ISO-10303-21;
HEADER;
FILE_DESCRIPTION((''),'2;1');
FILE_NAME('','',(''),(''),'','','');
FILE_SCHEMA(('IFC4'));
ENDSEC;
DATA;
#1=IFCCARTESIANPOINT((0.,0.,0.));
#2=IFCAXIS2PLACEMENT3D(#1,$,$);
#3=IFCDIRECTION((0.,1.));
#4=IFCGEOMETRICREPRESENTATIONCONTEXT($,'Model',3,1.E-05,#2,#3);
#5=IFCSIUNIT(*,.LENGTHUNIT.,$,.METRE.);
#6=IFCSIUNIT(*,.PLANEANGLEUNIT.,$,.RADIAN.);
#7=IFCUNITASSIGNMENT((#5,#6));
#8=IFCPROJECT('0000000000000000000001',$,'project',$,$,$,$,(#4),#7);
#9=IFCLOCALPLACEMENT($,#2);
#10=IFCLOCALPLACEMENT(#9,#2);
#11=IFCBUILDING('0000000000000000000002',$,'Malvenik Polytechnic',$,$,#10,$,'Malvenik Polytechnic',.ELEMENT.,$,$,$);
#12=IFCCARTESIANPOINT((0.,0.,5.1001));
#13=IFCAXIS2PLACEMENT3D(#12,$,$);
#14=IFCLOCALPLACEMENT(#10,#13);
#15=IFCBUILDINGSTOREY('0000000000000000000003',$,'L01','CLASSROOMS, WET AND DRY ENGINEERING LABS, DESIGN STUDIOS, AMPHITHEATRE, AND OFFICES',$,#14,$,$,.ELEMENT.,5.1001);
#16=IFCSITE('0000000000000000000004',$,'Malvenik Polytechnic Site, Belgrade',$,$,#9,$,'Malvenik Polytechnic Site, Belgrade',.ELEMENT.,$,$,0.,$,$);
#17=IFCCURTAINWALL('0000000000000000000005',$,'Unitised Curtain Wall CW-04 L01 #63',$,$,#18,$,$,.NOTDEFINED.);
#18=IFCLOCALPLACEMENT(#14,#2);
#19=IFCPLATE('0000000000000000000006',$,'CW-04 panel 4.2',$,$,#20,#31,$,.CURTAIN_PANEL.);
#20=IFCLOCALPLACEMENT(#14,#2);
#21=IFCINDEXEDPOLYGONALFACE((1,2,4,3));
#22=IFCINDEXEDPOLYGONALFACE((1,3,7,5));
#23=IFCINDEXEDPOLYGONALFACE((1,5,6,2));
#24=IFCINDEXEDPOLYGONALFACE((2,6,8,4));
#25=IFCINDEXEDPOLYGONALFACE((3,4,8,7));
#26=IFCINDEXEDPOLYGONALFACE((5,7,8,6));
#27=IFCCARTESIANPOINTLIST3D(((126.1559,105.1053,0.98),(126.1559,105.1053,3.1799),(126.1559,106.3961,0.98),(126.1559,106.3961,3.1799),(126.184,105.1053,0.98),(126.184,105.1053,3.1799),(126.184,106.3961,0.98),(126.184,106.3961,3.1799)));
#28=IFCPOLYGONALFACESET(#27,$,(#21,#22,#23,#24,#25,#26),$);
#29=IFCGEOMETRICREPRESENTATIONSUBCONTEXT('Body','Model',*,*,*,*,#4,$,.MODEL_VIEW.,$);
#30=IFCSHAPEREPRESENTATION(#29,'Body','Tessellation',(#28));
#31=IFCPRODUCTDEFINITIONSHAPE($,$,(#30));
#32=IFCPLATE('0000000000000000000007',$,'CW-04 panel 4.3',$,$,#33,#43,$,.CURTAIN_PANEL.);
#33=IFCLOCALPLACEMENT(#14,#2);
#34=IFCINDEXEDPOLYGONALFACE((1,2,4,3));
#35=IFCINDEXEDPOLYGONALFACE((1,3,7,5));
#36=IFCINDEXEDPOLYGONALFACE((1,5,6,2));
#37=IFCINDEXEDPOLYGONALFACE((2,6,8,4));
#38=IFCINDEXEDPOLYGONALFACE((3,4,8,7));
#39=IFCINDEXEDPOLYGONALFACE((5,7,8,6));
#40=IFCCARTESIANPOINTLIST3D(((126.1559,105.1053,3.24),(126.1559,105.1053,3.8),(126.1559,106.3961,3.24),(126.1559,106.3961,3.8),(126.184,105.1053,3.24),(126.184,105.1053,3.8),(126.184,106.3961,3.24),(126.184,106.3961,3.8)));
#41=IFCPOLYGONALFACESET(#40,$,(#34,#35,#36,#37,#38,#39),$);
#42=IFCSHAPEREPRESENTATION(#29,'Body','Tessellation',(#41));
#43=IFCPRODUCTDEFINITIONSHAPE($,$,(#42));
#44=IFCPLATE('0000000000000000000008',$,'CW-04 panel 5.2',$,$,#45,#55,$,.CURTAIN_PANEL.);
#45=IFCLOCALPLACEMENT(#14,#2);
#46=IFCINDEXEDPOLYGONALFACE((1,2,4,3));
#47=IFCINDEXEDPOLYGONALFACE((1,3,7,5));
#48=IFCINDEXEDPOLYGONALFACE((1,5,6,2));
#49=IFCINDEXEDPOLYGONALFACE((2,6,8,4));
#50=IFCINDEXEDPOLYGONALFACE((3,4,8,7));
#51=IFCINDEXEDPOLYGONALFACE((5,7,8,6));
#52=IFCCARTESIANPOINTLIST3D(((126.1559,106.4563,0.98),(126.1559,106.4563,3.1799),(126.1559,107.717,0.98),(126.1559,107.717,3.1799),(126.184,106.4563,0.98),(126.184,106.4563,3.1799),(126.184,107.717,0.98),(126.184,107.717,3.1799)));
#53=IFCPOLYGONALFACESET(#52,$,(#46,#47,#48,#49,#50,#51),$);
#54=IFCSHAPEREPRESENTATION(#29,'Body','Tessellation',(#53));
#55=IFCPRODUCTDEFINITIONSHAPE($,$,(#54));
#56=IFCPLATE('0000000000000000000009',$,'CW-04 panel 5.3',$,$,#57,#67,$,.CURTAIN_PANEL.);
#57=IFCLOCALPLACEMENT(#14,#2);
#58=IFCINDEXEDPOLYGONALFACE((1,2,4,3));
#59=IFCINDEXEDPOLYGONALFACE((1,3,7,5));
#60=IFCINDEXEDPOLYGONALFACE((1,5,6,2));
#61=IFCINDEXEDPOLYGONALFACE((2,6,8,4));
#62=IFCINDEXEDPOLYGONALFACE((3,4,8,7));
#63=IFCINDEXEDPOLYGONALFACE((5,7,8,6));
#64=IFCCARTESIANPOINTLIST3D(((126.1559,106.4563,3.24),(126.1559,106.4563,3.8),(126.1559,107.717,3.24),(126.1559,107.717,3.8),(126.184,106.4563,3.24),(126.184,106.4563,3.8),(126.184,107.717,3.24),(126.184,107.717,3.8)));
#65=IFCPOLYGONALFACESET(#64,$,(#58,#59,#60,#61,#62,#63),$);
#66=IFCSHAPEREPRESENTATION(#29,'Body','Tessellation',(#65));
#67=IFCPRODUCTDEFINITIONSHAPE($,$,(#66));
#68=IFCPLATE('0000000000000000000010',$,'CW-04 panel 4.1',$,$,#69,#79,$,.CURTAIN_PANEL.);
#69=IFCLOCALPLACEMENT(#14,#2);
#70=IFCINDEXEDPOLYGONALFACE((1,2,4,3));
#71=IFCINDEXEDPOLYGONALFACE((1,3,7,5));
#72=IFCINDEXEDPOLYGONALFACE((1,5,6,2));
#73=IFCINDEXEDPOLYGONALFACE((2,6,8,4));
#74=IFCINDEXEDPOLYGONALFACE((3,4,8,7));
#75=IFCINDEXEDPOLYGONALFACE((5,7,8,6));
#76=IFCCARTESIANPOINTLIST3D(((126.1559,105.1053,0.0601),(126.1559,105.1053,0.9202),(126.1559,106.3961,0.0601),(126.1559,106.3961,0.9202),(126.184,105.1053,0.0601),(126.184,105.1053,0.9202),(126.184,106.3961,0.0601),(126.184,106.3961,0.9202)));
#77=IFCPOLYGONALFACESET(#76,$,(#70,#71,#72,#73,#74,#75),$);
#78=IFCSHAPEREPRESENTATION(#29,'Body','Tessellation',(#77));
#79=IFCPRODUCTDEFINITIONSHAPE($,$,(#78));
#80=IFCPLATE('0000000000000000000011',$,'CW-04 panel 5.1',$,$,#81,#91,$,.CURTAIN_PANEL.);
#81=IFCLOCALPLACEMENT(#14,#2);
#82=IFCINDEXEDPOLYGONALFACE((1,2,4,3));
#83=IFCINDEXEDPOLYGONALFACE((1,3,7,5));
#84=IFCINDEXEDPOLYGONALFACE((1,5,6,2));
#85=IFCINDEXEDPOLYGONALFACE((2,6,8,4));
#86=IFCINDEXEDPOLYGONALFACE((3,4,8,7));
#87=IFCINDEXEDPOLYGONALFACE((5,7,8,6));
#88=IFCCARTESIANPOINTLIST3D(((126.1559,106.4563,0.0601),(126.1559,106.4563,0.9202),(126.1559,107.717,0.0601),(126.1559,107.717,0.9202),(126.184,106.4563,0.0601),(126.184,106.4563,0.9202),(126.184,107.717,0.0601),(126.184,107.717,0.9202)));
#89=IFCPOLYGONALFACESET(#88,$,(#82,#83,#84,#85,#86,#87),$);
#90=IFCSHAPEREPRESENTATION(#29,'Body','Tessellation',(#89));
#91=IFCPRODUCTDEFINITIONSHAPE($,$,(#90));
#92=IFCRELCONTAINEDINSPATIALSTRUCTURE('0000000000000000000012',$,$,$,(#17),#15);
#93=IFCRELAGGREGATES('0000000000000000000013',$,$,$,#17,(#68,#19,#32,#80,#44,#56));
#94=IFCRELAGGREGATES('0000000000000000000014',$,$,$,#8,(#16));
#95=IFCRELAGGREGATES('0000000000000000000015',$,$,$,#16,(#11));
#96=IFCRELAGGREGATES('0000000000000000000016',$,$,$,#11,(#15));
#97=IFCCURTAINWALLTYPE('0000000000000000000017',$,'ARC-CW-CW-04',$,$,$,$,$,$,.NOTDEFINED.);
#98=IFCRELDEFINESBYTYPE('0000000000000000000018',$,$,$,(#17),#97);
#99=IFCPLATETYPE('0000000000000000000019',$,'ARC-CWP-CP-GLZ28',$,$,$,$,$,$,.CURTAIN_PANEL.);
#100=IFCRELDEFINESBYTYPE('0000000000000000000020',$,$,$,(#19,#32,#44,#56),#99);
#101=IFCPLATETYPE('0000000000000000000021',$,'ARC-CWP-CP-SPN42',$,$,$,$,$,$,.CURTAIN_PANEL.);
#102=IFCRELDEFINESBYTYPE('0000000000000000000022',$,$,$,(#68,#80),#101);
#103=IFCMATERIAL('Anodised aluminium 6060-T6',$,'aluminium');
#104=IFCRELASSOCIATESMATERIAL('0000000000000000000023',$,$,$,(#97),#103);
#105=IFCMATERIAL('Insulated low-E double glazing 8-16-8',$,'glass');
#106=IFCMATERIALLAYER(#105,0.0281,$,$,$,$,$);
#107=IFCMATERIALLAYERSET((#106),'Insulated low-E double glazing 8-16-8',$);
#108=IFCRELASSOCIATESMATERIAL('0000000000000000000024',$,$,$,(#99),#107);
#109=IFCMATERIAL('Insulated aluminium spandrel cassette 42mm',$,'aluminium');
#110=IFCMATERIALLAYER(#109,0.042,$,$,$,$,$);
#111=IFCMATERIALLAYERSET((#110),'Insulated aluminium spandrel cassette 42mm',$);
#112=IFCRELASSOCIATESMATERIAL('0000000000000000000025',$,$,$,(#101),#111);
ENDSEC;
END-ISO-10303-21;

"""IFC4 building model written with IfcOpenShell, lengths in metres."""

from ifc_helpers import new_model, si_unit, direction, frame, origin, origin_2d, place, context, subcontext, project, spatial, rectangle, extrude, material, layer, layer_set, type_object, element, aggregate, save


model = new_model("IFC4")

# Units and contexts
model_context = context("Model", 3, precision=1e-05, world=origin(), true_north=direction((0.0, 1.0)))
body_context = subcontext(model_context, "Body", "Model", "MODEL_VIEW")
ifc_project = project(units=[si_unit("LENGTHUNIT", "METRE"), si_unit("PLANEANGLEUNIT", "RADIAN")], contexts=[model_context])

# Site, building, storey
site_placement = place(None, origin())
site = spatial("IfcSite", under=ifc_project, at=site_placement, Name="Malvenik Polytechnic Site, Belgrade", LongName="Malvenik Polytechnic Site, Belgrade", CompositionType="ELEMENT", RefElevation=0.0)
building_placement = place(site_placement, origin())
building = spatial("IfcBuilding", under=site, at=building_placement, Name="Malvenik Polytechnic", LongName="Malvenik Polytechnic", CompositionType="ELEMENT")
storey_placement = place(building_placement, frame((0.0, 0.0, 5.1001)))
storey = spatial("IfcBuildingStorey", under=building, at=storey_placement, Name="L01", Description="CLASSROOMS, WET AND DRY ENGINEERING LABS, DESIGN STUDIOS, AMPHITHEATRE, AND OFFICES", CompositionType="ELEMENT", Elevation=5.1001)

# Shared definitions
ifc_material_1 = material(Name="Anodised aluminium 6060-T6", Category="aluminium")

# Curtain wall, plates
curtain_wall_type_1 = type_object("IfcCurtainWallType", Name="ARC-CW-CW-04", PredefinedType="NOTDEFINED", material=ifc_material_1)
curtain_wall_1_placement = place(storey_placement, origin())
curtain_wall_1 = element("IfcCurtainWall", 1, at=curtain_wall_1_placement, inside=storey, type_object=curtain_wall_type_1, Name="Unitised Curtain Wall CW-04 L01 #63", PredefinedType="NOTDEFINED")
ifc_material_2 = material(Name="Insulated low-E double glazing 8-16-8", Category="glass")
ifc_layer_1 = layer(ifc_material_2, 0.0281)
ifc_layer_set_1 = layer_set([ifc_layer_1], Name="Insulated low-E double glazing 8-16-8")
plate_type_1 = type_object("IfcPlateType", Name="ARC-CWP-CP-GLZ28", PredefinedType="CURTAIN_PANEL", material=ifc_layer_set_1)
plate_1_placement = place(storey_placement, frame((126.1699, 105.7507, 0.98), z_axis=(0.0, 0.0, 1.0), x_axis=(0.0, 1.0, 0.0)))
plate_1 = element("IfcPlate", 2, at=plate_1_placement, type_object=plate_type_1, Name="CW-04 panel 4.2", PredefinedType="CURTAIN_PANEL", context=body_context, shape_type="SweptSolid", body=[
    extrude(rectangle(XDim=1.2908, YDim=0.0281, at=origin_2d()), origin(), (0.0, 0.0, 1.0), 2.2),
])
plate_2_placement = place(storey_placement, frame((126.1699, 105.7507, 3.24), z_axis=(0.0, 0.0, 1.0), x_axis=(0.0, 1.0, 0.0)))
plate_2 = element("IfcPlate", 3, at=plate_2_placement, type_object=plate_type_1, Name="CW-04 panel 4.3", PredefinedType="CURTAIN_PANEL", context=body_context, shape_type="SweptSolid", body=[
    extrude(rectangle(XDim=1.2908, YDim=0.0281, at=origin_2d()), origin(), (0.0, 0.0, 1.0), 0.5601),
])
plate_3_placement = place(storey_placement, frame((126.1699, 107.0867, 0.98), z_axis=(0.0, 0.0, 1.0), x_axis=(0.0, 1.0, 0.0)))
plate_3 = element("IfcPlate", 4, at=plate_3_placement, type_object=plate_type_1, Name="CW-04 panel 5.2", PredefinedType="CURTAIN_PANEL", context=body_context, shape_type="SweptSolid", body=[
    extrude(rectangle(XDim=1.2607, YDim=0.0281, at=origin_2d()), origin(), (0.0, 0.0, 1.0), 2.2),
])
plate_4_placement = place(storey_placement, frame((126.1699, 107.0867, 3.24), z_axis=(0.0, 0.0, 1.0), x_axis=(0.0, 1.0, 0.0)))
plate_4 = element("IfcPlate", 5, at=plate_4_placement, type_object=plate_type_1, Name="CW-04 panel 5.3", PredefinedType="CURTAIN_PANEL", context=body_context, shape_type="SweptSolid", body=[
    extrude(rectangle(XDim=1.2607, YDim=0.0281, at=origin_2d()), origin(), (0.0, 0.0, 1.0), 0.5601),
])
ifc_material_3 = material(Name="Insulated aluminium spandrel cassette 42mm", Category="aluminium")
ifc_layer_2 = layer(ifc_material_3, 0.042)
ifc_layer_set_2 = layer_set([ifc_layer_2], Name="Insulated aluminium spandrel cassette 42mm")
plate_type_2 = type_object("IfcPlateType", Name="ARC-CWP-CP-SPN42", PredefinedType="CURTAIN_PANEL", material=ifc_layer_set_2)
plate_5_placement = place(storey_placement, frame((126.1699, 105.7507, 0.0601), z_axis=(0.0, 0.0, 1.0), x_axis=(0.0, 1.0, 0.0)))
plate_5 = element("IfcPlate", 6, at=plate_5_placement, type_object=plate_type_2, Name="CW-04 panel 4.1", PredefinedType="CURTAIN_PANEL", context=body_context, shape_type="SweptSolid", body=[
    extrude(rectangle(XDim=1.2908, YDim=0.0281, at=origin_2d()), origin(), (0.0, 0.0, 1.0), 0.8601),
])
plate_6_placement = place(storey_placement, frame((126.1699, 107.0867, 0.0601), z_axis=(0.0, 0.0, 1.0), x_axis=(0.0, 1.0, 0.0)))
plate_6 = element("IfcPlate", 7, at=plate_6_placement, type_object=plate_type_2, Name="CW-04 panel 5.1", PredefinedType="CURTAIN_PANEL", context=body_context, shape_type="SweptSolid", body=[
    extrude(rectangle(XDim=1.2607, YDim=0.0281, at=origin_2d()), origin(), (0.0, 0.0, 1.0), 0.8601),
])
aggregate(curtain_wall_1, [plate_5, plate_1, plate_2, plate_6, plate_3, plate_4])

save(model, "model.ifc")
